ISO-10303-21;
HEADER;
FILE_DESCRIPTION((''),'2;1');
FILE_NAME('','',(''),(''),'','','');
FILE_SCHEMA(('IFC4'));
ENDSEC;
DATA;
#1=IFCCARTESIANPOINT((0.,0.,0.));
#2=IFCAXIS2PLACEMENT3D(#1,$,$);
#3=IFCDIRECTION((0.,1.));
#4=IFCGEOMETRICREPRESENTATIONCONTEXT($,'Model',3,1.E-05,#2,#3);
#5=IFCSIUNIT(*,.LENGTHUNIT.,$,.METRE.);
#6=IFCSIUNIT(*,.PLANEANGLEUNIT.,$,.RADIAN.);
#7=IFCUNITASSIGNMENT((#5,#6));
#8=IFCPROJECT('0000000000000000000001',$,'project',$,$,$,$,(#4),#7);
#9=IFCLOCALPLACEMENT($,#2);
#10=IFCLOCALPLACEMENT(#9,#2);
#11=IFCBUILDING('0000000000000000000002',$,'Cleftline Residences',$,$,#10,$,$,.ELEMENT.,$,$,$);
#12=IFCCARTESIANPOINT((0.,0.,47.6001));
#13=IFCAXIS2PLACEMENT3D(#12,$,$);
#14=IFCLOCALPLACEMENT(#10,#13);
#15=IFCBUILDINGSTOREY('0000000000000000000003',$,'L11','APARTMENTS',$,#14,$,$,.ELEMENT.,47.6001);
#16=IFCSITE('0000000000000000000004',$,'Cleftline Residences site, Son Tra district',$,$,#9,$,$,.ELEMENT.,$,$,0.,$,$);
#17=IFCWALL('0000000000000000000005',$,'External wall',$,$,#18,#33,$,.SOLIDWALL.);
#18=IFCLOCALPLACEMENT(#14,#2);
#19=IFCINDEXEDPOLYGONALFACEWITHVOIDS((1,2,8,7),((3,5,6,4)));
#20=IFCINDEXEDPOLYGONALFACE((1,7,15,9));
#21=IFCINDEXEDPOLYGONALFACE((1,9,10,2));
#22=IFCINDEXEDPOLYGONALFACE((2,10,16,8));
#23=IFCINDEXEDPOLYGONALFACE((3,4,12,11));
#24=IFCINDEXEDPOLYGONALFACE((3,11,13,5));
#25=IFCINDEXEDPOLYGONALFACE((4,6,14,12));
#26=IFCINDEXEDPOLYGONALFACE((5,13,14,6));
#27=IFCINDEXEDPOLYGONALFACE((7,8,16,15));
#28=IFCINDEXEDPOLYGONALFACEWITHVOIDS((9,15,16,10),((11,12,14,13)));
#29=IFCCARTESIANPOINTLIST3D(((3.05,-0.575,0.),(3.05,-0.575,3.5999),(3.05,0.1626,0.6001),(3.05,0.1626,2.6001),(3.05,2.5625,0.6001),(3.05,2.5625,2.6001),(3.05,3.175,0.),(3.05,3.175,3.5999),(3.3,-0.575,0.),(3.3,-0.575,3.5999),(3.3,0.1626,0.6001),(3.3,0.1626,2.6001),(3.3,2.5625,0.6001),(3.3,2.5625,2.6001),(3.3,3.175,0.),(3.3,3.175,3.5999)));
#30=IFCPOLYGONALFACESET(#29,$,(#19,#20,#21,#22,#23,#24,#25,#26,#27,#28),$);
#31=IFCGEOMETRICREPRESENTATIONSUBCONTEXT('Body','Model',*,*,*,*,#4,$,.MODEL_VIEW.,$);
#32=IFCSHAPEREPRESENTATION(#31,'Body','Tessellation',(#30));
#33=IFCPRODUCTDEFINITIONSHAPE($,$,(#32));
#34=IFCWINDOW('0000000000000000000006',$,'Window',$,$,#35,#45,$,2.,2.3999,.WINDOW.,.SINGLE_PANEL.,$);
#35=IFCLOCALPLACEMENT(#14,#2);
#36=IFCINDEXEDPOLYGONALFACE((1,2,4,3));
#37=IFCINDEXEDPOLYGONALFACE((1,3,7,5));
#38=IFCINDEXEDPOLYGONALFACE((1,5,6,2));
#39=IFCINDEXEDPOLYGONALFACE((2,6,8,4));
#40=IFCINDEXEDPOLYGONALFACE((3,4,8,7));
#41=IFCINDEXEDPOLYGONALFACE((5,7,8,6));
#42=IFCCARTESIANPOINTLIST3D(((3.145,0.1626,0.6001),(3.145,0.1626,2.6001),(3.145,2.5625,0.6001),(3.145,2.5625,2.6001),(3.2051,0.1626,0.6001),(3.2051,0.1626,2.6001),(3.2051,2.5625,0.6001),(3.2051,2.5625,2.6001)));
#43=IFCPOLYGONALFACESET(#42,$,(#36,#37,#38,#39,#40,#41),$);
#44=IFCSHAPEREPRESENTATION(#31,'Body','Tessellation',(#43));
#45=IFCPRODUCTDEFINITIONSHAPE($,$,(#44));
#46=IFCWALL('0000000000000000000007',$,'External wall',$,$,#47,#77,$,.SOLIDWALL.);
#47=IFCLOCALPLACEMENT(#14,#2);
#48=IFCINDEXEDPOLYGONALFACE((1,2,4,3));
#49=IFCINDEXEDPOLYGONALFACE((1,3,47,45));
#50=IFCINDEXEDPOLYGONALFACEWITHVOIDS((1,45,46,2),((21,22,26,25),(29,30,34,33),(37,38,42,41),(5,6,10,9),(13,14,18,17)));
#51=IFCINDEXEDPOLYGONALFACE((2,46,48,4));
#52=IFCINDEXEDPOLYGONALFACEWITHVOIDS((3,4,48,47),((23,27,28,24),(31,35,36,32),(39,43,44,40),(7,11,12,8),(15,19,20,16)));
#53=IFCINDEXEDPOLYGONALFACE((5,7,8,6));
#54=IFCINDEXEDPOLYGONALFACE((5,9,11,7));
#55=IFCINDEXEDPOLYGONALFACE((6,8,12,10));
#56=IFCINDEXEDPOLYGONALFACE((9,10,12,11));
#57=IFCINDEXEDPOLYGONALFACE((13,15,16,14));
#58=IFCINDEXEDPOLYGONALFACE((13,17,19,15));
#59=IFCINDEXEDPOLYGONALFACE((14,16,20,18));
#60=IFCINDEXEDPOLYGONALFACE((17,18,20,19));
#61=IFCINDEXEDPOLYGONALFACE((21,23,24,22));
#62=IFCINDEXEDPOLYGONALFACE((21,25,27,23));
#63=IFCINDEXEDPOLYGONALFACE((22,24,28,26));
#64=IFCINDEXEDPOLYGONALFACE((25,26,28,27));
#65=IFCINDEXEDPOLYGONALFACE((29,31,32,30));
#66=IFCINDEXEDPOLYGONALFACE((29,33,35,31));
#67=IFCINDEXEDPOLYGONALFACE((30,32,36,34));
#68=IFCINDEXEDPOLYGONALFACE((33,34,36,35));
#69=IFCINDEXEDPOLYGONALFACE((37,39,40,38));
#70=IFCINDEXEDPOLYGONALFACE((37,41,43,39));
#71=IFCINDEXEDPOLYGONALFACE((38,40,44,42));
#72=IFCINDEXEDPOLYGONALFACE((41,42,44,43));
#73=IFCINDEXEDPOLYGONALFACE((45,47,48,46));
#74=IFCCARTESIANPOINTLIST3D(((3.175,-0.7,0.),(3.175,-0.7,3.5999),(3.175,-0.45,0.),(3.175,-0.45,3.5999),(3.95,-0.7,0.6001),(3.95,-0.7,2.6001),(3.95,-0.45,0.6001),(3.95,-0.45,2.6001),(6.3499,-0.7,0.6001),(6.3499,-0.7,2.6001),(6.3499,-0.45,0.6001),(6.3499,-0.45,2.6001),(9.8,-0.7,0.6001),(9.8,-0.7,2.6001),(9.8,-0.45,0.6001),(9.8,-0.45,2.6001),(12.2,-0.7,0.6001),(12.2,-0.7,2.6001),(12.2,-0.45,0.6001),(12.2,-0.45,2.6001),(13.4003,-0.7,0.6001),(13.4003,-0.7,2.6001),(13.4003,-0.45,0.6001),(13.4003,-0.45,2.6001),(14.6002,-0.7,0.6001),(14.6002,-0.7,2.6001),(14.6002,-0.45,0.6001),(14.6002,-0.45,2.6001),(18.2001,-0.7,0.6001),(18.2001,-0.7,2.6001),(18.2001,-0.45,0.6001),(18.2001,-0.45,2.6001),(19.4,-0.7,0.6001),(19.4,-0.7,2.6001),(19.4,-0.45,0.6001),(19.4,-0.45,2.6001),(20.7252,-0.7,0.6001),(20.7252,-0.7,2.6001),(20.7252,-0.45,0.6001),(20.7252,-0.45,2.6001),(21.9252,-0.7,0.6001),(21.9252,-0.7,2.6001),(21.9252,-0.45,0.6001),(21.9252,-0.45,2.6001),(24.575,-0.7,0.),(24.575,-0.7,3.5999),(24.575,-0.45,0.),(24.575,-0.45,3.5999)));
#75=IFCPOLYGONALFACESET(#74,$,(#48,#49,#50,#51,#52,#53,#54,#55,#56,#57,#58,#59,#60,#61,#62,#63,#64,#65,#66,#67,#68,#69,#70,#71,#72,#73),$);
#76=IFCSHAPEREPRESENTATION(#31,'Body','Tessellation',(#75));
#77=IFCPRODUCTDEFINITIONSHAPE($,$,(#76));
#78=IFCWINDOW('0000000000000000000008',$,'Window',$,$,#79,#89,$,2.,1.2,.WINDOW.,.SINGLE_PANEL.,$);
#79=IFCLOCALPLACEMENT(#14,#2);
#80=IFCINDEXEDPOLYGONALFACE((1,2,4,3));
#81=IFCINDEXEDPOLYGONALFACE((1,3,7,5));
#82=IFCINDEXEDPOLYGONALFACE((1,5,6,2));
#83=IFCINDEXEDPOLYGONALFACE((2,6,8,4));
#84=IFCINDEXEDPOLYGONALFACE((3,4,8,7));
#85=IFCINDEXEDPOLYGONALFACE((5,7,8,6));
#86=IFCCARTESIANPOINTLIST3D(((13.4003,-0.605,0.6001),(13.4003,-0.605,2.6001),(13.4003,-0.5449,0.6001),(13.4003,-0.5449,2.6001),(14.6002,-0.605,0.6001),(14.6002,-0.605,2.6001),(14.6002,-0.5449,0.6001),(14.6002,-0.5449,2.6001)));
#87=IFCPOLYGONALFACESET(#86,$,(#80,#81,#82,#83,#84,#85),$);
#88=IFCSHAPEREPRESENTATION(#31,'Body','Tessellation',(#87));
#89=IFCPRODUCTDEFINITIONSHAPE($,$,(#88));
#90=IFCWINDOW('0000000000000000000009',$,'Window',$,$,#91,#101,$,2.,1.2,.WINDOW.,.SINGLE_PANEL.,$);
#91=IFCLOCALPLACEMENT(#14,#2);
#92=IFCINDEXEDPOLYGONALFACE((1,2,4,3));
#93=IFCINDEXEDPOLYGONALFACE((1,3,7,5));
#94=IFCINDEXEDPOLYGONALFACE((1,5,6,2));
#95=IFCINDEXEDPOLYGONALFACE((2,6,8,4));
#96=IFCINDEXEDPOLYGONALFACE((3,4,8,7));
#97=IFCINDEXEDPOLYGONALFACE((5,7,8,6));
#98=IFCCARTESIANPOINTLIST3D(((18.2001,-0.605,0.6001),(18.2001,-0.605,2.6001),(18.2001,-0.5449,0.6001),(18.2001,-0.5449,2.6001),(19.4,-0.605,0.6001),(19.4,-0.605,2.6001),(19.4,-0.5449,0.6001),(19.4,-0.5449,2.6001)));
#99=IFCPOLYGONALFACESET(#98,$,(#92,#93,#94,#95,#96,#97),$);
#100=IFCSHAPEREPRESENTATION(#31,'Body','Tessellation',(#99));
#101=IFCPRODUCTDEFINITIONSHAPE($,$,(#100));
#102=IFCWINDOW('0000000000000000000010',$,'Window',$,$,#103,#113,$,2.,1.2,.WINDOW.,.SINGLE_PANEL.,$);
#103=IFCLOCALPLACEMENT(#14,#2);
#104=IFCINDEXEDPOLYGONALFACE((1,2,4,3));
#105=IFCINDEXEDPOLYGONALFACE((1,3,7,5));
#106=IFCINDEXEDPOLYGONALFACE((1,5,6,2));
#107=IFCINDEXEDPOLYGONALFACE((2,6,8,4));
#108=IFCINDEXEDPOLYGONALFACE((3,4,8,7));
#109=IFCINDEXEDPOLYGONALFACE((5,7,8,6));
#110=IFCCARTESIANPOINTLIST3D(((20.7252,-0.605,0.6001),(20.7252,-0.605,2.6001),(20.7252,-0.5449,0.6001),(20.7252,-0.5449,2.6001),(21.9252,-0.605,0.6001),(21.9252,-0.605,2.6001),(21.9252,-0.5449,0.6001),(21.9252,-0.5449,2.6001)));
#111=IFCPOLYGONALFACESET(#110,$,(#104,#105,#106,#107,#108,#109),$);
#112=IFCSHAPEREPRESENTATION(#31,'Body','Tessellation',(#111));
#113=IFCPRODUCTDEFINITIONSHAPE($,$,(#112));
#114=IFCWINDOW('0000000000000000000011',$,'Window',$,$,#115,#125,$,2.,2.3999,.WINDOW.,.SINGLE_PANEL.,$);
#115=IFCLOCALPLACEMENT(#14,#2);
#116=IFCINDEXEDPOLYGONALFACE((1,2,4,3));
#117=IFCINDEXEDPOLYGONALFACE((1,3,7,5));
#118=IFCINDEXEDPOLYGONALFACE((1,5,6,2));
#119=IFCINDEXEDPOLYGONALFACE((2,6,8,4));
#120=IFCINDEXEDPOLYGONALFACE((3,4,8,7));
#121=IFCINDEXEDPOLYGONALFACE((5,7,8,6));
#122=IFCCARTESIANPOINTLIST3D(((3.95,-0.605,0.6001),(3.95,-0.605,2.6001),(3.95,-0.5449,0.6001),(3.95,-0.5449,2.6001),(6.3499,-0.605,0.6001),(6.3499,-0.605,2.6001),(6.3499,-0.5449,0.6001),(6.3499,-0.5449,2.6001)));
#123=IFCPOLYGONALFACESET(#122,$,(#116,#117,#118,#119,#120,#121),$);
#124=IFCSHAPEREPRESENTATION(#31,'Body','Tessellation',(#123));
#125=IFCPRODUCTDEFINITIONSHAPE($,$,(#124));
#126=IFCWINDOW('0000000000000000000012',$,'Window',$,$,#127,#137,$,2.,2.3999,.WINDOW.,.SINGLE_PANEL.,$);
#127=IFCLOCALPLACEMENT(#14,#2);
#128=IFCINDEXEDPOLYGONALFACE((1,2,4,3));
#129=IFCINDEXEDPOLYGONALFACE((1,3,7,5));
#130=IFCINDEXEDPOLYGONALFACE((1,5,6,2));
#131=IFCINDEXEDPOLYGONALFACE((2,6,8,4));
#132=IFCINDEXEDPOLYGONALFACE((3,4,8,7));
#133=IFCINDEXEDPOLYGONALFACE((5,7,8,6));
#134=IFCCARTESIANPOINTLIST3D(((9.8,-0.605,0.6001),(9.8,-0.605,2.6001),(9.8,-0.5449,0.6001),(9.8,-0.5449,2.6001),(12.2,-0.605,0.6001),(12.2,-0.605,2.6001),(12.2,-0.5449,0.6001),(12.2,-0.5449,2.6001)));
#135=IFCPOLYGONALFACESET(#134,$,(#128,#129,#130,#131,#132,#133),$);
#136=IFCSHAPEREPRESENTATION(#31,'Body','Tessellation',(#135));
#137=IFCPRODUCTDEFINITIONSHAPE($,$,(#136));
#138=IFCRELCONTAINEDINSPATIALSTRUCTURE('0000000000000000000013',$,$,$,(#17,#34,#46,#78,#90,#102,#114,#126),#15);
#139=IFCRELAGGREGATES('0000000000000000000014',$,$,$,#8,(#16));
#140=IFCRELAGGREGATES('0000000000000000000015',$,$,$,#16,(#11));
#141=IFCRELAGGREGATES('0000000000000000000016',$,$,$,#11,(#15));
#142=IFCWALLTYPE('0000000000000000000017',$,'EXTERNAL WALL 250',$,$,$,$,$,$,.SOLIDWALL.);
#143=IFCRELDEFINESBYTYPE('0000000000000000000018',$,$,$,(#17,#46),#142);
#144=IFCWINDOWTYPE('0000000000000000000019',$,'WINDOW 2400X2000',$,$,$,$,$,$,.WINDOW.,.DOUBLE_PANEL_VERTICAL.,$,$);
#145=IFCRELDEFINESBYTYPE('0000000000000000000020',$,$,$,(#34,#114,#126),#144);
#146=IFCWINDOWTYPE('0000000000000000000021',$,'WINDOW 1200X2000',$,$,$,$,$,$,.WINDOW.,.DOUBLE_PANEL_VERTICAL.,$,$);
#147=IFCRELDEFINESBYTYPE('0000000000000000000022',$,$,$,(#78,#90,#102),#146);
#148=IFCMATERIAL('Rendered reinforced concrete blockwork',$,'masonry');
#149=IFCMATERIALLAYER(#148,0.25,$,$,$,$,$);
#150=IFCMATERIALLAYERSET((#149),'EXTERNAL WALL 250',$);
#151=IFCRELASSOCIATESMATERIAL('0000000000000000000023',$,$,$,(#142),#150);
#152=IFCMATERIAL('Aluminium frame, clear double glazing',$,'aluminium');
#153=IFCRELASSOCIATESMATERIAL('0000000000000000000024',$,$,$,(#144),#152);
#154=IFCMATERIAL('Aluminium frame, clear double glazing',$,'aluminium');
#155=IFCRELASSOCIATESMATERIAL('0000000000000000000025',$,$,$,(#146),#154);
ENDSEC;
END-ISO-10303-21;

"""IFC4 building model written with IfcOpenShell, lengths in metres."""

from ifc_helpers import new_model, si_unit, direction, frame, frame_2d, origin, place, context, subcontext, project, spatial, rectangle, extrude, material, layer, layer_set, type_object, element, fill, save


model = new_model("IFC4")

# Units and contexts
model_context = context("Model", 3, precision=1e-05, world=origin(), true_north=direction((0.0, 1.0)))
body_context = subcontext(model_context, "Body", "Model", "MODEL_VIEW")
ifc_project = project(units=[si_unit("LENGTHUNIT", "METRE"), si_unit("PLANEANGLEUNIT", "RADIAN")], contexts=[model_context])

# Site, building, storey
site_placement = place(None, origin())
site = spatial("IfcSite", under=ifc_project, at=site_placement, Name="Cleftline Residences site, Son Tra district", CompositionType="ELEMENT", RefElevation=0.0)
building_placement = place(site_placement, origin())
building = spatial("IfcBuilding", under=site, at=building_placement, Name="Cleftline Residences", CompositionType="ELEMENT")
storey_placement = place(building_placement, frame((0.0, 0.0, 47.6001)))
storey = spatial("IfcBuildingStorey", under=building, at=storey_placement, Name="L11", Description="APARTMENTS", CompositionType="ELEMENT", Elevation=47.6001)

# Wall, opening, window
ifc_material_1 = material(Name="Rendered reinforced concrete blockwork", Category="masonry")
ifc_layer_1 = layer(ifc_material_1, 0.25)
ifc_layer_set_1 = layer_set([ifc_layer_1], Name="EXTERNAL WALL 250")
wall_type_1 = type_object("IfcWallType", Name="EXTERNAL WALL 250", PredefinedType="SOLIDWALL", material=ifc_layer_set_1)
wall_1_placement = place(storey_placement, frame((3.175, 3.175, 0.0), z_axis=(0.0, 0.0, 1.0), x_axis=(0.0, -1.0, 0.0)))
wall_1 = element("IfcWall", 1, at=wall_1_placement, inside=storey, type_object=wall_type_1, Name="External wall", PredefinedType="SOLIDWALL", context=body_context, shape_type="SweptSolid", body=[
    extrude(rectangle(XDim=3.75, YDim=0.25, at=frame_2d((1.875, 0.0))), origin(), (0.0, 0.0, 1.0), 3.5999),
])
opening_1_placement = place(wall_1_placement, frame((0.6125, 0.0, 0.6001)))
opening_1 = element("IfcOpeningElement", 2, at=opening_1_placement, cuts=wall_1, PredefinedType="OPENING", context=body_context, shape_type="SweptSolid", body=[
    extrude(rectangle(XDim=2.3999, YDim=2.0, at=frame_2d((1.2, 1.0))), frame((0.0, 0.135, 0.0), z_axis=(0.0, -1.0, 0.0), x_axis=(1.0, 0.0, 0.0)), (0.0, 0.0, 1.0), 0.27),
])
ifc_material_2 = material(Name="Aluminium frame, clear double glazing", Category="aluminium")
window_type_1 = type_object("IfcWindowType", Name="WINDOW 2400X2000", PartitioningType="DOUBLE_PANEL_VERTICAL", PredefinedType="WINDOW", material=ifc_material_2)
window_1_placement = place(opening_1_placement, origin())
window_1 = element("IfcWindow", 3, at=window_1_placement, inside=storey, type_object=window_type_1, Name="Window", OverallHeight=2.0, OverallWidth=2.3999, PartitioningType="SINGLE_PANEL", PredefinedType="WINDOW", context=body_context, shape_type="SweptSolid", body=[
    extrude(rectangle(XDim=2.3999, YDim=2.0, at=frame_2d((1.2, 1.0))), frame((0.0, 0.03, 0.0), z_axis=(0.0, -1.0, 0.0), x_axis=(1.0, 0.0, 0.0)), (0.0, 0.0, 1.0), 0.0601),
])
fill(opening_1, window_1)

# Wall, openings, windows
wall_2_placement = place(storey_placement, frame((3.175, -0.575, 0.0), z_axis=(0.0, 0.0, 1.0), x_axis=(1.0, 0.0, 0.0)))
wall_2 = element("IfcWall", 4, at=wall_2_placement, inside=storey, type_object=wall_type_1, Name="External wall", PredefinedType="SOLIDWALL", context=body_context, shape_type="SweptSolid", body=[
    extrude(rectangle(XDim=21.3999, YDim=0.25, at=frame_2d((10.7, 0.0))), origin(), (0.0, 0.0, 1.0), 3.5999),
])
opening_2_placement = place(wall_2_placement, frame((0.7749, 0.0, 0.6001)))
opening_2 = element("IfcOpeningElement", 5, at=opening_2_placement, cuts=wall_2, PredefinedType="OPENING", context=body_context, shape_type="SweptSolid", body=[
    extrude(rectangle(XDim=2.3999, YDim=2.0, at=frame_2d((1.2, 1.0))), frame((0.0, 0.135, 0.0), z_axis=(0.0, -1.0, 0.0), x_axis=(1.0, 0.0, 0.0)), (0.0, 0.0, 1.0), 0.27),
])
opening_3_placement = place(wall_2_placement, frame((6.625, 0.0, 0.6001)))
opening_3 = element("IfcOpeningElement", 6, at=opening_3_placement, cuts=wall_2, PredefinedType="OPENING", context=body_context, shape_type="SweptSolid", body=[
    extrude(rectangle(XDim=2.3999, YDim=2.0, at=frame_2d((1.2, 1.0))), frame((0.0, 0.135, 0.0), z_axis=(0.0, -1.0, 0.0), x_axis=(1.0, 0.0, 0.0)), (0.0, 0.0, 1.0), 0.27),
])
opening_4_placement = place(wall_2_placement, frame((10.2251, 0.0, 0.6001)))
opening_4 = element("IfcOpeningElement", 7, at=opening_4_placement, cuts=wall_2, PredefinedType="OPENING", context=body_context, shape_type="SweptSolid", body=[
    extrude(rectangle(XDim=1.2, YDim=2.0, at=frame_2d((0.6001, 1.0))), frame((0.0, 0.135, 0.0), z_axis=(0.0, -1.0, 0.0), x_axis=(1.0, 0.0, 0.0)), (0.0, 0.0, 1.0), 0.27),
])
opening_5_placement = place(wall_2_placement, frame((15.0249, 0.0, 0.6001)))
opening_5 = element("IfcOpeningElement", 8, at=opening_5_placement, cuts=wall_2, PredefinedType="OPENING", context=body_context, shape_type="SweptSolid", body=[
    extrude(rectangle(XDim=1.2, YDim=2.0, at=frame_2d((0.6001, 1.0))), frame((0.0, 0.135, 0.0), z_axis=(0.0, -1.0, 0.0), x_axis=(1.0, 0.0, 0.0)), (0.0, 0.0, 1.0), 0.27),
])
opening_6_placement = place(wall_2_placement, frame((17.55, 0.0, 0.6001)))
opening_6 = element("IfcOpeningElement", 9, at=opening_6_placement, cuts=wall_2, PredefinedType="OPENING", context=body_context, shape_type="SweptSolid", body=[
    extrude(rectangle(XDim=1.2, YDim=2.0, at=frame_2d((0.6001, 1.0))), frame((0.0, 0.135, 0.0), z_axis=(0.0, -1.0, 0.0), x_axis=(1.0, 0.0, 0.0)), (0.0, 0.0, 1.0), 0.27),
])
ifc_material_3 = material(Name="Aluminium frame, clear double glazing", Category="aluminium")
window_type_2 = type_object("IfcWindowType", Name="WINDOW 1200X2000", PartitioningType="DOUBLE_PANEL_VERTICAL", PredefinedType="WINDOW", material=ifc_material_3)
window_2_placement = place(opening_4_placement, origin())
window_2 = element("IfcWindow", 10, at=window_2_placement, inside=storey, type_object=window_type_2, Name="Window", OverallHeight=2.0, OverallWidth=1.2, PartitioningType="SINGLE_PANEL", PredefinedType="WINDOW", context=body_context, shape_type="SweptSolid", body=[
    extrude(rectangle(XDim=1.2, YDim=2.0, at=frame_2d((0.6001, 1.0))), frame((0.0, 0.03, 0.0), z_axis=(0.0, -1.0, 0.0), x_axis=(1.0, 0.0, 0.0)), (0.0, 0.0, 1.0), 0.0601),
])
fill(opening_4, window_2)
window_3_placement = place(opening_5_placement, origin())
window_3 = element("IfcWindow", 11, at=window_3_placement, inside=storey, type_object=window_type_2, Name="Window", OverallHeight=2.0, OverallWidth=1.2, PartitioningType="SINGLE_PANEL", PredefinedType="WINDOW", context=body_context, shape_type="SweptSolid", body=[
    extrude(rectangle(XDim=1.2, YDim=2.0, at=frame_2d((0.6001, 1.0))), frame((0.0, 0.03, 0.0), z_axis=(0.0, -1.0, 0.0), x_axis=(1.0, 0.0, 0.0)), (0.0, 0.0, 1.0), 0.0601),
])
fill(opening_5, window_3)
window_4_placement = place(opening_6_placement, origin())
window_4 = element("IfcWindow", 12, at=window_4_placement, inside=storey, type_object=window_type_2, Name="Window", OverallHeight=2.0, OverallWidth=1.2, PartitioningType="SINGLE_PANEL", PredefinedType="WINDOW", context=body_context, shape_type="SweptSolid", body=[
    extrude(rectangle(XDim=1.2, YDim=2.0, at=frame_2d((0.6001, 1.0))), frame((0.0, 0.03, 0.0), z_axis=(0.0, -1.0, 0.0), x_axis=(1.0, 0.0, 0.0)), (0.0, 0.0, 1.0), 0.0601),
])
fill(opening_6, window_4)
window_5_placement = place(opening_2_placement, origin())
window_5 = element("IfcWindow", 13, at=window_5_placement, inside=storey, type_object=window_type_1, Name="Window", OverallHeight=2.0, OverallWidth=2.3999, PartitioningType="SINGLE_PANEL", PredefinedType="WINDOW", context=body_context, shape_type="SweptSolid", body=[
    extrude(rectangle(XDim=2.3999, YDim=2.0, at=frame_2d((1.2, 1.0))), frame((0.0, 0.03, 0.0), z_axis=(0.0, -1.0, 0.0), x_axis=(1.0, 0.0, 0.0)), (0.0, 0.0, 1.0), 0.0601),
])
fill(opening_2, window_5)
window_6_placement = place(opening_3_placement, origin())
window_6 = element("IfcWindow", 14, at=window_6_placement, inside=storey, type_object=window_type_1, Name="Window", OverallHeight=2.0, OverallWidth=2.3999, PartitioningType="SINGLE_PANEL", PredefinedType="WINDOW", context=body_context, shape_type="SweptSolid", body=[
    extrude(rectangle(XDim=2.3999, YDim=2.0, at=frame_2d((1.2, 1.0))), frame((0.0, 0.03, 0.0), z_axis=(0.0, -1.0, 0.0), x_axis=(1.0, 0.0, 0.0)), (0.0, 0.0, 1.0), 0.0601),
])
fill(opening_3, window_6)

save(model, "model.ifc")
